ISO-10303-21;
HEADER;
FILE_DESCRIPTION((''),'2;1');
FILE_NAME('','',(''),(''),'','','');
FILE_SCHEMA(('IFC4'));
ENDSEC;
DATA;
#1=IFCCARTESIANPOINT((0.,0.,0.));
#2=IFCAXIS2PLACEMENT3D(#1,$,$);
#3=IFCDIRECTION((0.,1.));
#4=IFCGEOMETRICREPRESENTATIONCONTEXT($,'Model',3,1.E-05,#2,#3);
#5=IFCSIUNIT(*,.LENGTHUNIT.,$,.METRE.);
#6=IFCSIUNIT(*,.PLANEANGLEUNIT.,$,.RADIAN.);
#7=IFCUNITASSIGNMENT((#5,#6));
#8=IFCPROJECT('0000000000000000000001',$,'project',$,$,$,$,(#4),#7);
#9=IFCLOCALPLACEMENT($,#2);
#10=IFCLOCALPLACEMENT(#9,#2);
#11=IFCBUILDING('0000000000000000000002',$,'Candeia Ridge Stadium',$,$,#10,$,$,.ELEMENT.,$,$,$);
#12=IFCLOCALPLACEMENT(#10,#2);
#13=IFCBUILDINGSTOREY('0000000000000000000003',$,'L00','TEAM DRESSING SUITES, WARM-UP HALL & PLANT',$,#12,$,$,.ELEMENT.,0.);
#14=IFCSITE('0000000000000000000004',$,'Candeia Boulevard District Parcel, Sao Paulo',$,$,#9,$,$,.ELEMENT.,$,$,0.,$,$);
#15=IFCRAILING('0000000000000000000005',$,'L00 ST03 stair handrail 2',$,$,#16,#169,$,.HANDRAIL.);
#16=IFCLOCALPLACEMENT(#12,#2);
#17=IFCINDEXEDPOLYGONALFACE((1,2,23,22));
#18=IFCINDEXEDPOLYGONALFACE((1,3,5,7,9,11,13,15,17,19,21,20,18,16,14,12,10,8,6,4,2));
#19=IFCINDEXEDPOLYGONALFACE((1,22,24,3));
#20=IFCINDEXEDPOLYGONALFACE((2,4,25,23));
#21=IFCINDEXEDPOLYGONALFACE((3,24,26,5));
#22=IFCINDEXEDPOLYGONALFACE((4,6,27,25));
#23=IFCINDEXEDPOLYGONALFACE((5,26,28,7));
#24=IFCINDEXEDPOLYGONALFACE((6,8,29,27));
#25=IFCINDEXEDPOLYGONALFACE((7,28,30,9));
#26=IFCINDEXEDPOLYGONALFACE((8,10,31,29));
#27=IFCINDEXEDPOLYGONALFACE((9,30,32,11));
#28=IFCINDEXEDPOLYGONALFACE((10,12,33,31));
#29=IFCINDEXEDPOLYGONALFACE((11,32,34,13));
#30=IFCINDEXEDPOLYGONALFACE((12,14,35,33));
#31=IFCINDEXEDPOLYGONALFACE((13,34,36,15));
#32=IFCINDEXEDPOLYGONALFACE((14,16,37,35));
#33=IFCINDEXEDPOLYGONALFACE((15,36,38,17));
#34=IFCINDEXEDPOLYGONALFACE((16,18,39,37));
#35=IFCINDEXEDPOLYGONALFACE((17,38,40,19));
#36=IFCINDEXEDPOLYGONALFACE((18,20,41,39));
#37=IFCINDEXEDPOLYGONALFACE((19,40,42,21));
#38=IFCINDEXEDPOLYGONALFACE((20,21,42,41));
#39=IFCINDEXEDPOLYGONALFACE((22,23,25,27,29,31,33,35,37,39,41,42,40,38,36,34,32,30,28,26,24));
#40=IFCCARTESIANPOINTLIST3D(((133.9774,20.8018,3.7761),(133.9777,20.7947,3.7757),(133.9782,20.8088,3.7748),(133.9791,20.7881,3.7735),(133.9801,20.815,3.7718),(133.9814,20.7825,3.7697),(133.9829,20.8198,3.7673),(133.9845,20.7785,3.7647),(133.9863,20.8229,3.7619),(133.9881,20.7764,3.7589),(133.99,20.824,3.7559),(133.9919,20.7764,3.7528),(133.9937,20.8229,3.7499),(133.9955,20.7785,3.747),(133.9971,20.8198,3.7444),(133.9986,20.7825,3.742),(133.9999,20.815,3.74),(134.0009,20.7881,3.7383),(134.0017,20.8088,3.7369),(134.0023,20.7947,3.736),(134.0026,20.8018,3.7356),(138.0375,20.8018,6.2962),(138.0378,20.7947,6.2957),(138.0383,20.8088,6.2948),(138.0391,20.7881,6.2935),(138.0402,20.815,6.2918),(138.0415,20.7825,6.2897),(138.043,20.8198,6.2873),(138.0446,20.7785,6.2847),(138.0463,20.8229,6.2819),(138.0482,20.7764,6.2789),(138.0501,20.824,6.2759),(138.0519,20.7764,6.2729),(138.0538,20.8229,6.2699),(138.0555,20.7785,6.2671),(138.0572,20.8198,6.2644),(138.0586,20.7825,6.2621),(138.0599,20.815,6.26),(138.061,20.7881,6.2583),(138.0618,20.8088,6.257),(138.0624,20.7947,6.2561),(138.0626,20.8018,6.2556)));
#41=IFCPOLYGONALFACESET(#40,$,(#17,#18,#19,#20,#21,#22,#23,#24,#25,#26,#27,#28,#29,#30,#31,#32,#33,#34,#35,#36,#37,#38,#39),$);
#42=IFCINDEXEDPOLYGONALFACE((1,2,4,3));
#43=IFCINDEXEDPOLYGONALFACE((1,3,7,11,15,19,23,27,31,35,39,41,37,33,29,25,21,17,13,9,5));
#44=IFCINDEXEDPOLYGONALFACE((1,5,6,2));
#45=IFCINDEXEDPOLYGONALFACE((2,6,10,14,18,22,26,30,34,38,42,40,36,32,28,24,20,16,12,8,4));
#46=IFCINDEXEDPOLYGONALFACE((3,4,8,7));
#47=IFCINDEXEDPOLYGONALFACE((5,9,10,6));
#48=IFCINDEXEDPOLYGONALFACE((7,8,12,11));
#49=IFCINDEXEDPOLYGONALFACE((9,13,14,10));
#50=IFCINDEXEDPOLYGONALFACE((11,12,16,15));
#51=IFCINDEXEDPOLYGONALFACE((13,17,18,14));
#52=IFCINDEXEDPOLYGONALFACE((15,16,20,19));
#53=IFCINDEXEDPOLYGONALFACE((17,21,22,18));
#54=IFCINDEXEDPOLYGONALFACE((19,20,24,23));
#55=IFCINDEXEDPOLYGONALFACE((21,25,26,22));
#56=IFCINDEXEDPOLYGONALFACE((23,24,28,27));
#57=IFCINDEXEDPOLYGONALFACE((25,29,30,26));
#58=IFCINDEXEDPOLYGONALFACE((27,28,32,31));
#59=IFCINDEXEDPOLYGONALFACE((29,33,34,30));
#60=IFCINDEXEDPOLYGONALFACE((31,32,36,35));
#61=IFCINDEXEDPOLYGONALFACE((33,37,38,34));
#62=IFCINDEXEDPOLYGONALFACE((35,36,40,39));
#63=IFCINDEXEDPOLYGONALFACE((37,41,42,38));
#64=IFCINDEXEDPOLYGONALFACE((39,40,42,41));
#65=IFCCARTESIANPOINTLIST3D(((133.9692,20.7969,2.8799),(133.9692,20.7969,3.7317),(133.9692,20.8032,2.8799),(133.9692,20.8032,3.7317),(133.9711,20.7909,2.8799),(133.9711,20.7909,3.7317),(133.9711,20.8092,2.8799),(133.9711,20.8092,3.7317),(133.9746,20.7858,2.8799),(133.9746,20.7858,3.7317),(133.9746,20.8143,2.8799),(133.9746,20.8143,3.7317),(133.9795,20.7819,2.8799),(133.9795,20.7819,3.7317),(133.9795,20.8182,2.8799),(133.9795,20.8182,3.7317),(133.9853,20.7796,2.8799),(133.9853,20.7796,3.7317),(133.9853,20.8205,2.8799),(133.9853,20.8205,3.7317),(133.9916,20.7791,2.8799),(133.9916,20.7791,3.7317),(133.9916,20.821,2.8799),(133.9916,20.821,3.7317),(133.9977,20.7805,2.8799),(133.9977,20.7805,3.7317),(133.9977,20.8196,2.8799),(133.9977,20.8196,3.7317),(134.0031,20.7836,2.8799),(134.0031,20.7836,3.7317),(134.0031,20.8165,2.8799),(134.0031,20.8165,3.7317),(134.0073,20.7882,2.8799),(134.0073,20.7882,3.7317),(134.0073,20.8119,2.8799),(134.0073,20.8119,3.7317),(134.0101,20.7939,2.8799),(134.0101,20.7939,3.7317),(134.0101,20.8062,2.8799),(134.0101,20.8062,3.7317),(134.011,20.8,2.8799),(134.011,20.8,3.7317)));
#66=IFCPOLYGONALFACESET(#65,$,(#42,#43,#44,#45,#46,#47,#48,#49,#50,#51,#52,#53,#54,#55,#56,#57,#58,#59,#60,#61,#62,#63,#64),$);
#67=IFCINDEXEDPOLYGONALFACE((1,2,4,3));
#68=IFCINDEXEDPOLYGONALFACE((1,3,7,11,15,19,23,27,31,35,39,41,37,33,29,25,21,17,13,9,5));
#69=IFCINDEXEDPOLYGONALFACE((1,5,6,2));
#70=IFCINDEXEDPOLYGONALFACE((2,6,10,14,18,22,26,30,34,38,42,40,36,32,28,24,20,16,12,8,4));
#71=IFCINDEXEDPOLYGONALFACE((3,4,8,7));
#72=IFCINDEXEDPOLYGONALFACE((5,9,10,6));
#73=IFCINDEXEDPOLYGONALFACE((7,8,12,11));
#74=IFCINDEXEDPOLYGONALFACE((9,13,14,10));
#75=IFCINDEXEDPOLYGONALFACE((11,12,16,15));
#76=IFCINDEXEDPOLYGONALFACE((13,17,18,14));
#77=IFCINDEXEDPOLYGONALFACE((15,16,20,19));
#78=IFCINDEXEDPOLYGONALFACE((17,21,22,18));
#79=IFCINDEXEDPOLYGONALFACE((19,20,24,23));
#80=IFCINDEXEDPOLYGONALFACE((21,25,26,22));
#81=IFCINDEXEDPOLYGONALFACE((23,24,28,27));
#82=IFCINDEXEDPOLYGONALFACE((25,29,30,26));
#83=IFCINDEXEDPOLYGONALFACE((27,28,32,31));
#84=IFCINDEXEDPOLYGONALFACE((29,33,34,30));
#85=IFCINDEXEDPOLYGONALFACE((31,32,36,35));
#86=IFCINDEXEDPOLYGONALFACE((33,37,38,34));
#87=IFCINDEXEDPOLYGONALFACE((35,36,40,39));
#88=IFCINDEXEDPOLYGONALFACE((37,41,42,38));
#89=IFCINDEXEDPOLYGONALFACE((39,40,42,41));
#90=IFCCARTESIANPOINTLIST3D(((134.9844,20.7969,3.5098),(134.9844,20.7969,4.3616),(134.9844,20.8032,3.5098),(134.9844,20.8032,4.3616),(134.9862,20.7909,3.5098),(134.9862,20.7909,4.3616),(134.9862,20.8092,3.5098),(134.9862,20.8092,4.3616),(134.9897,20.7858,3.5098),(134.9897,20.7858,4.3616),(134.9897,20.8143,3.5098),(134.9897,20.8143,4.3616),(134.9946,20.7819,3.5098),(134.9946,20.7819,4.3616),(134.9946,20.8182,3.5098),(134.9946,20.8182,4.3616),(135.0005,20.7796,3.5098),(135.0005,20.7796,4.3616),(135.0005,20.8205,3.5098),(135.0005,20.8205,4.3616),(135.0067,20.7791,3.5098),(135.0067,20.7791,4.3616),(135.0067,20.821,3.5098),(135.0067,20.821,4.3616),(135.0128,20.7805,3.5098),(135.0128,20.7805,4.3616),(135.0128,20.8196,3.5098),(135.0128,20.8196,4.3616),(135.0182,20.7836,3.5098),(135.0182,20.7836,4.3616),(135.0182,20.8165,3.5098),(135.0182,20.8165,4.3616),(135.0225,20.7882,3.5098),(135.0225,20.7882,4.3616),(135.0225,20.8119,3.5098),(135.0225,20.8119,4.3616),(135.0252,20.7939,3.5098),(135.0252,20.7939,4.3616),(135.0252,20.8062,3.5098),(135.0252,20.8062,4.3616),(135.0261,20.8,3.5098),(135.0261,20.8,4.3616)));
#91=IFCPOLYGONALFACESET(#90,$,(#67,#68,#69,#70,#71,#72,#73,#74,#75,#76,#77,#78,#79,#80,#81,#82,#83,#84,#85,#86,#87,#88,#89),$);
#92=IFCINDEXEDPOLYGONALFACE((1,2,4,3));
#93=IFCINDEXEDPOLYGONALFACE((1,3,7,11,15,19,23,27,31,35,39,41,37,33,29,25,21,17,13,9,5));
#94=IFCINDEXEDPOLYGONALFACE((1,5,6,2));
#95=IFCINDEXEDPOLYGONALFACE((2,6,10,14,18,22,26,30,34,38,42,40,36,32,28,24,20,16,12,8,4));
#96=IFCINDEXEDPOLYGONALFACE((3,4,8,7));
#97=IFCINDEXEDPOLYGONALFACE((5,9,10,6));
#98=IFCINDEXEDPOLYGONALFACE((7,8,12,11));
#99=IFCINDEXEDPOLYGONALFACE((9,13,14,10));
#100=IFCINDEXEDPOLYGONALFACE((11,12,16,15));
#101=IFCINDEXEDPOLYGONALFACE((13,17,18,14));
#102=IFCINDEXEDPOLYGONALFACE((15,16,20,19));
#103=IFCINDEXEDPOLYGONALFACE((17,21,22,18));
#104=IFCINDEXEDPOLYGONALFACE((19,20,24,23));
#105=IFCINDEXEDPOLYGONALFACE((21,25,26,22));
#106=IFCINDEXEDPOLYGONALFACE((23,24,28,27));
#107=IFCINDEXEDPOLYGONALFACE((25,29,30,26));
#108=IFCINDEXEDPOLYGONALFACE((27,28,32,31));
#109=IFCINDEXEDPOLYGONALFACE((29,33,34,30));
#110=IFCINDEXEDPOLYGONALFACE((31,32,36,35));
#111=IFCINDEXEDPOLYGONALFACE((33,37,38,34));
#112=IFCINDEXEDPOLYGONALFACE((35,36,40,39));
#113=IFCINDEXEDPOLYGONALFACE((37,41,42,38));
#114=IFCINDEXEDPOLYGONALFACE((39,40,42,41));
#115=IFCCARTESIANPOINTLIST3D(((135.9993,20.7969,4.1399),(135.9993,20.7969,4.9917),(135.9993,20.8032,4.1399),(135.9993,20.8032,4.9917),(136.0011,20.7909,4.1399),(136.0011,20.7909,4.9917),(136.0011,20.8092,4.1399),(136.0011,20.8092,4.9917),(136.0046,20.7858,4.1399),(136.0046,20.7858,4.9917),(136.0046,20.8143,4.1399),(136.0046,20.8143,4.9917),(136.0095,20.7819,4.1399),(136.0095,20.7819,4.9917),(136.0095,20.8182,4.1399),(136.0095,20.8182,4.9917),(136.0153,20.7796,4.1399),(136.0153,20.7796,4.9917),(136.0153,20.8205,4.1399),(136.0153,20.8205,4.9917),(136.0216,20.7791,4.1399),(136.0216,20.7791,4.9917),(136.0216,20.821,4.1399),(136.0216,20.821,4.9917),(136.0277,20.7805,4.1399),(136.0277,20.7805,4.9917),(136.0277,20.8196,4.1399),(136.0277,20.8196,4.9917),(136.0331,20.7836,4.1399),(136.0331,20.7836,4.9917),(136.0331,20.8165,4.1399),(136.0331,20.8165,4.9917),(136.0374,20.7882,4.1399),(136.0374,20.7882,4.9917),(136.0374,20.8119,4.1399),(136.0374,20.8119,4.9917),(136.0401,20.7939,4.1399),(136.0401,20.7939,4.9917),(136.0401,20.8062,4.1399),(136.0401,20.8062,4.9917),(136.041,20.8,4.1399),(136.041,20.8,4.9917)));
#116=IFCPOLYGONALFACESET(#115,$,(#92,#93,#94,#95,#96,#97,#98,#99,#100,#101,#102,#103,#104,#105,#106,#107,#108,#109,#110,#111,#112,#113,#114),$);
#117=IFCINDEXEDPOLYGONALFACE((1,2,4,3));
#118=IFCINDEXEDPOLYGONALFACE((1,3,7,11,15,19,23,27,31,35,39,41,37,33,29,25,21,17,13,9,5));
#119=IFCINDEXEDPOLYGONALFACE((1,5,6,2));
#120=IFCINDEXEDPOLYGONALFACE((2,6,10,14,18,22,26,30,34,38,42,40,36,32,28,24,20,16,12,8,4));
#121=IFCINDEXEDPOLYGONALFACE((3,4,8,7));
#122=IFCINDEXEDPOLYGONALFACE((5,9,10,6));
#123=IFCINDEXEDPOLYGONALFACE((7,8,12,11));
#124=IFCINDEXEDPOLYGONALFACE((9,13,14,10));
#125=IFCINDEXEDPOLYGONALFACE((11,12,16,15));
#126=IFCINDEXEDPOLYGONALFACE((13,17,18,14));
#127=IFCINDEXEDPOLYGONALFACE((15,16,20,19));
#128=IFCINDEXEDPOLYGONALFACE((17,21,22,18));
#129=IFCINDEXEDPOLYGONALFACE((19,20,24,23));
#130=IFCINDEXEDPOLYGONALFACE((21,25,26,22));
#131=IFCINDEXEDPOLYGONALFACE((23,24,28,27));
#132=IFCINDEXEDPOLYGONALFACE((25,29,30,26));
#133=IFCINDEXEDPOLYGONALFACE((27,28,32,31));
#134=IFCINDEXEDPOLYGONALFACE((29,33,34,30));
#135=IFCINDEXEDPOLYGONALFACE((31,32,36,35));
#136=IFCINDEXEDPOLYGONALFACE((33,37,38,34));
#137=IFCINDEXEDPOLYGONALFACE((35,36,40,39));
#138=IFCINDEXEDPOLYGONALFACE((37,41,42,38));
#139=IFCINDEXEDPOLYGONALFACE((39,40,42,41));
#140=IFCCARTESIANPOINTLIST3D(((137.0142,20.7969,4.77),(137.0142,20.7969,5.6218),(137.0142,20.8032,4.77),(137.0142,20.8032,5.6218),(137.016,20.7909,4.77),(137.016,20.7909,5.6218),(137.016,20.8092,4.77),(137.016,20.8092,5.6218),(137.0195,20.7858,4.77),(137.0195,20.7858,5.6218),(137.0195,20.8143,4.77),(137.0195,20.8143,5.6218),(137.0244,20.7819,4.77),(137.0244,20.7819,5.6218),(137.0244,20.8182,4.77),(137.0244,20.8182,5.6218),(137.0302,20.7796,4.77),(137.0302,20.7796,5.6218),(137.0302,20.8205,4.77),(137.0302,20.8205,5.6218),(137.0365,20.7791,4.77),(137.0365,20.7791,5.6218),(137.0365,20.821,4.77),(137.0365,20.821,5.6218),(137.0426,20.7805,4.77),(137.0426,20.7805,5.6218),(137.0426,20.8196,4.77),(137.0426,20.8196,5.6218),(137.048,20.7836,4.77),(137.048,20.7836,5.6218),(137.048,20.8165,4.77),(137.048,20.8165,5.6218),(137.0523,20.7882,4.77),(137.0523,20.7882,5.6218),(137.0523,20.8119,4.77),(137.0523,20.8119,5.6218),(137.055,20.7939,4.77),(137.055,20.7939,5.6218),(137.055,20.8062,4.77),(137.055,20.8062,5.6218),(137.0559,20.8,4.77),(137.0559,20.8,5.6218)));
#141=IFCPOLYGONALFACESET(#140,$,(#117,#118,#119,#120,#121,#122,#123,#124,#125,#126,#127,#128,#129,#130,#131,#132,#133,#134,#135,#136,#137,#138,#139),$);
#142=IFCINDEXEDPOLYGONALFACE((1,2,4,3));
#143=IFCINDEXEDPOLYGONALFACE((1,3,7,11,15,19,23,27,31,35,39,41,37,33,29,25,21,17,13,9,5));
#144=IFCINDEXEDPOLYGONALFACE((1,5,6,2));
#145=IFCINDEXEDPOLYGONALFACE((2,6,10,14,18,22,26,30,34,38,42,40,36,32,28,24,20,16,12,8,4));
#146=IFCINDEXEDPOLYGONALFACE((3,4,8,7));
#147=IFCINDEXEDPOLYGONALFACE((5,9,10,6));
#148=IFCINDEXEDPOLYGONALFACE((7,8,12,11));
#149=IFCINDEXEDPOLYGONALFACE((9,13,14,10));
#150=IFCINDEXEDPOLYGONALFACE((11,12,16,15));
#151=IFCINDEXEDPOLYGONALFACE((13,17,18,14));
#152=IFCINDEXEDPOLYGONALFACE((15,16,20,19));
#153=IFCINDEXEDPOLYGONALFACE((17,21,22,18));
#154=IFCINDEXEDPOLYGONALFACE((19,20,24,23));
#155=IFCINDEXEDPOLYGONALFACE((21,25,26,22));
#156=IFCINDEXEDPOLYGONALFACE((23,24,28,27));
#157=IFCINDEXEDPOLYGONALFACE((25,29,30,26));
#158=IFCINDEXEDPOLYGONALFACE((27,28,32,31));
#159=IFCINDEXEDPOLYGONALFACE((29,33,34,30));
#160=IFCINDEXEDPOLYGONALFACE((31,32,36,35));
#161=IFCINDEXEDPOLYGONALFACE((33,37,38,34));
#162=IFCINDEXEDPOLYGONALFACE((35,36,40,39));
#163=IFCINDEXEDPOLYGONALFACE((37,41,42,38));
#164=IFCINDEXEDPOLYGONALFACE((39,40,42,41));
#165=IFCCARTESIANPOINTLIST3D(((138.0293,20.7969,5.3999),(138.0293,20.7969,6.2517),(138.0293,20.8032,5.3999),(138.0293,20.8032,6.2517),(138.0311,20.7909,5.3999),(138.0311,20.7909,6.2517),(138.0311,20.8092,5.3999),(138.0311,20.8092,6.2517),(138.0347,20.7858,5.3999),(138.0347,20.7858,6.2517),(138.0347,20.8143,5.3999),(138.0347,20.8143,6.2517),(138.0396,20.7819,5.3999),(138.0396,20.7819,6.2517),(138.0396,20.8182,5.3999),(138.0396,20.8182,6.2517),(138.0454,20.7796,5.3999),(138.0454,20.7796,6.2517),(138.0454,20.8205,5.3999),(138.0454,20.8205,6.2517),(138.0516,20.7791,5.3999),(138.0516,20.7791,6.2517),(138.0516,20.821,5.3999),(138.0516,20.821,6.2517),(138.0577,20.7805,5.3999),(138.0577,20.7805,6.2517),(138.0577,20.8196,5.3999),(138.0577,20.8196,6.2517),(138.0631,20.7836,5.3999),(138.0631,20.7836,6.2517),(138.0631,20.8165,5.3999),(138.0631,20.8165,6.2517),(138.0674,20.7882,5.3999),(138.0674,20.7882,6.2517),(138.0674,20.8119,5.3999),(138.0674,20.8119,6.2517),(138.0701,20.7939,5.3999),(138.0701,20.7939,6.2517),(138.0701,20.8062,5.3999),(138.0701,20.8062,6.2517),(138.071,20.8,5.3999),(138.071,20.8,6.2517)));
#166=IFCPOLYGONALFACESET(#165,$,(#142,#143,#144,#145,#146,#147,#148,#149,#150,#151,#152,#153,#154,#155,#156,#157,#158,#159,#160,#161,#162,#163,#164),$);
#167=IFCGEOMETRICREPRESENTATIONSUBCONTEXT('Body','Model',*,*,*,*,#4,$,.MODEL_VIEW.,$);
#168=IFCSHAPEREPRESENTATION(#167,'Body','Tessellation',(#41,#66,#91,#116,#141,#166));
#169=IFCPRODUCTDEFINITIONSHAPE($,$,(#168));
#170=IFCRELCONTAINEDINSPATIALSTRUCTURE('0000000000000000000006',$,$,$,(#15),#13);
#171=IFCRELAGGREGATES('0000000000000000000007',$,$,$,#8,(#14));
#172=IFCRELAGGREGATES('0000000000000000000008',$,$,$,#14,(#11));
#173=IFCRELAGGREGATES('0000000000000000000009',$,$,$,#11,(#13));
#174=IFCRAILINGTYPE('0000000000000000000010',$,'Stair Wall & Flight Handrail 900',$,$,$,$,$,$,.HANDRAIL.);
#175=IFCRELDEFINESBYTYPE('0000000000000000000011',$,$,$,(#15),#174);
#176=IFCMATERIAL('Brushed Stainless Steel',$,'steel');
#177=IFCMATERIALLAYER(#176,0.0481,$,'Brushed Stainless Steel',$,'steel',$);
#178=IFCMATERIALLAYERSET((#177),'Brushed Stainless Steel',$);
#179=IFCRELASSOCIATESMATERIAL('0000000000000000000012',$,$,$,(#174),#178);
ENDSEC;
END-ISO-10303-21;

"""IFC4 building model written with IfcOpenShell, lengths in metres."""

from ifc_helpers import new_model, si_unit, direction, frame, origin, origin_2d, place, context, subcontext, project, spatial, circle, extrude, material, layer, layer_set, type_object, element, save


model = new_model("IFC4")

# Units and contexts
model_context = context("Model", 3, precision=1e-05, world=origin(), true_north=direction((0.0, 1.0)))
body_context = subcontext(model_context, "Body", "Model", "MODEL_VIEW")
ifc_project = project(units=[si_unit("LENGTHUNIT", "METRE"), si_unit("PLANEANGLEUNIT", "RADIAN")], contexts=[model_context])

# Site, building, storey
site_placement = place(None, origin())
site = spatial("IfcSite", under=ifc_project, at=site_placement, Name="Candeia Boulevard District Parcel, Sao Paulo", CompositionType="ELEMENT", RefElevation=0.0)
building_placement = place(site_placement, origin())
building = spatial("IfcBuilding", under=site, at=building_placement, Name="Candeia Ridge Stadium", CompositionType="ELEMENT")
storey_placement = place(building_placement, origin())
storey = spatial("IfcBuildingStorey", under=building, at=storey_placement, Name="L00", Description="TEAM DRESSING SUITES, WARM-UP HALL & PLANT", CompositionType="ELEMENT", Elevation=0.0)

# Railing
ifc_material_1 = material(Name="Brushed Stainless Steel", Category="steel")
ifc_layer_1 = layer(ifc_material_1, 0.0481, Name="Brushed Stainless Steel", Category="steel")
ifc_layer_set_1 = layer_set([ifc_layer_1], Name="Brushed Stainless Steel")
railing_type_1 = type_object("IfcRailingType", Name="Stair Wall & Flight Handrail 900", PredefinedType="HANDRAIL", material=ifc_layer_set_1)
railing_1_placement = place(storey_placement, frame((133.99, 20.8, 2.8799)))
element("IfcRailing", 1, at=railing_1_placement, inside=storey, type_object=railing_type_1, Name="L00 ST03 stair handrail 2", PredefinedType="HANDRAIL", context=body_context, shape_type="SweptSolid", body=[
    extrude(circle(Radius=0.0239, at=origin_2d()), frame((0.0, 0.0, 0.876), z_axis=(0.849642, 0.0, 0.52736), x_axis=(0.0, 1.0, 0.0)), (0.0, 0.0, 1.0), 4.7786),
    extrude(circle(Radius=0.021, at=origin_2d()), origin(), (0.0, 0.0, 1.0), 0.8518),
    extrude(circle(Radius=0.021, at=origin_2d()), frame((1.0151, 0.0, 0.6299)), (0.0, 0.0, 1.0), 0.8518),
    extrude(circle(Radius=0.021, at=origin_2d()), frame((2.03, 0.0, 1.26)), (0.0, 0.0, 1.0), 0.8518),
    extrude(circle(Radius=0.021, at=origin_2d()), frame((3.0449, 0.0, 1.8901)), (0.0, 0.0, 1.0), 0.8518),
    extrude(circle(Radius=0.021, at=origin_2d()), frame((4.0601, 0.0, 2.52)), (0.0, 0.0, 1.0), 0.8518),
])

save(model, "model.ifc")
